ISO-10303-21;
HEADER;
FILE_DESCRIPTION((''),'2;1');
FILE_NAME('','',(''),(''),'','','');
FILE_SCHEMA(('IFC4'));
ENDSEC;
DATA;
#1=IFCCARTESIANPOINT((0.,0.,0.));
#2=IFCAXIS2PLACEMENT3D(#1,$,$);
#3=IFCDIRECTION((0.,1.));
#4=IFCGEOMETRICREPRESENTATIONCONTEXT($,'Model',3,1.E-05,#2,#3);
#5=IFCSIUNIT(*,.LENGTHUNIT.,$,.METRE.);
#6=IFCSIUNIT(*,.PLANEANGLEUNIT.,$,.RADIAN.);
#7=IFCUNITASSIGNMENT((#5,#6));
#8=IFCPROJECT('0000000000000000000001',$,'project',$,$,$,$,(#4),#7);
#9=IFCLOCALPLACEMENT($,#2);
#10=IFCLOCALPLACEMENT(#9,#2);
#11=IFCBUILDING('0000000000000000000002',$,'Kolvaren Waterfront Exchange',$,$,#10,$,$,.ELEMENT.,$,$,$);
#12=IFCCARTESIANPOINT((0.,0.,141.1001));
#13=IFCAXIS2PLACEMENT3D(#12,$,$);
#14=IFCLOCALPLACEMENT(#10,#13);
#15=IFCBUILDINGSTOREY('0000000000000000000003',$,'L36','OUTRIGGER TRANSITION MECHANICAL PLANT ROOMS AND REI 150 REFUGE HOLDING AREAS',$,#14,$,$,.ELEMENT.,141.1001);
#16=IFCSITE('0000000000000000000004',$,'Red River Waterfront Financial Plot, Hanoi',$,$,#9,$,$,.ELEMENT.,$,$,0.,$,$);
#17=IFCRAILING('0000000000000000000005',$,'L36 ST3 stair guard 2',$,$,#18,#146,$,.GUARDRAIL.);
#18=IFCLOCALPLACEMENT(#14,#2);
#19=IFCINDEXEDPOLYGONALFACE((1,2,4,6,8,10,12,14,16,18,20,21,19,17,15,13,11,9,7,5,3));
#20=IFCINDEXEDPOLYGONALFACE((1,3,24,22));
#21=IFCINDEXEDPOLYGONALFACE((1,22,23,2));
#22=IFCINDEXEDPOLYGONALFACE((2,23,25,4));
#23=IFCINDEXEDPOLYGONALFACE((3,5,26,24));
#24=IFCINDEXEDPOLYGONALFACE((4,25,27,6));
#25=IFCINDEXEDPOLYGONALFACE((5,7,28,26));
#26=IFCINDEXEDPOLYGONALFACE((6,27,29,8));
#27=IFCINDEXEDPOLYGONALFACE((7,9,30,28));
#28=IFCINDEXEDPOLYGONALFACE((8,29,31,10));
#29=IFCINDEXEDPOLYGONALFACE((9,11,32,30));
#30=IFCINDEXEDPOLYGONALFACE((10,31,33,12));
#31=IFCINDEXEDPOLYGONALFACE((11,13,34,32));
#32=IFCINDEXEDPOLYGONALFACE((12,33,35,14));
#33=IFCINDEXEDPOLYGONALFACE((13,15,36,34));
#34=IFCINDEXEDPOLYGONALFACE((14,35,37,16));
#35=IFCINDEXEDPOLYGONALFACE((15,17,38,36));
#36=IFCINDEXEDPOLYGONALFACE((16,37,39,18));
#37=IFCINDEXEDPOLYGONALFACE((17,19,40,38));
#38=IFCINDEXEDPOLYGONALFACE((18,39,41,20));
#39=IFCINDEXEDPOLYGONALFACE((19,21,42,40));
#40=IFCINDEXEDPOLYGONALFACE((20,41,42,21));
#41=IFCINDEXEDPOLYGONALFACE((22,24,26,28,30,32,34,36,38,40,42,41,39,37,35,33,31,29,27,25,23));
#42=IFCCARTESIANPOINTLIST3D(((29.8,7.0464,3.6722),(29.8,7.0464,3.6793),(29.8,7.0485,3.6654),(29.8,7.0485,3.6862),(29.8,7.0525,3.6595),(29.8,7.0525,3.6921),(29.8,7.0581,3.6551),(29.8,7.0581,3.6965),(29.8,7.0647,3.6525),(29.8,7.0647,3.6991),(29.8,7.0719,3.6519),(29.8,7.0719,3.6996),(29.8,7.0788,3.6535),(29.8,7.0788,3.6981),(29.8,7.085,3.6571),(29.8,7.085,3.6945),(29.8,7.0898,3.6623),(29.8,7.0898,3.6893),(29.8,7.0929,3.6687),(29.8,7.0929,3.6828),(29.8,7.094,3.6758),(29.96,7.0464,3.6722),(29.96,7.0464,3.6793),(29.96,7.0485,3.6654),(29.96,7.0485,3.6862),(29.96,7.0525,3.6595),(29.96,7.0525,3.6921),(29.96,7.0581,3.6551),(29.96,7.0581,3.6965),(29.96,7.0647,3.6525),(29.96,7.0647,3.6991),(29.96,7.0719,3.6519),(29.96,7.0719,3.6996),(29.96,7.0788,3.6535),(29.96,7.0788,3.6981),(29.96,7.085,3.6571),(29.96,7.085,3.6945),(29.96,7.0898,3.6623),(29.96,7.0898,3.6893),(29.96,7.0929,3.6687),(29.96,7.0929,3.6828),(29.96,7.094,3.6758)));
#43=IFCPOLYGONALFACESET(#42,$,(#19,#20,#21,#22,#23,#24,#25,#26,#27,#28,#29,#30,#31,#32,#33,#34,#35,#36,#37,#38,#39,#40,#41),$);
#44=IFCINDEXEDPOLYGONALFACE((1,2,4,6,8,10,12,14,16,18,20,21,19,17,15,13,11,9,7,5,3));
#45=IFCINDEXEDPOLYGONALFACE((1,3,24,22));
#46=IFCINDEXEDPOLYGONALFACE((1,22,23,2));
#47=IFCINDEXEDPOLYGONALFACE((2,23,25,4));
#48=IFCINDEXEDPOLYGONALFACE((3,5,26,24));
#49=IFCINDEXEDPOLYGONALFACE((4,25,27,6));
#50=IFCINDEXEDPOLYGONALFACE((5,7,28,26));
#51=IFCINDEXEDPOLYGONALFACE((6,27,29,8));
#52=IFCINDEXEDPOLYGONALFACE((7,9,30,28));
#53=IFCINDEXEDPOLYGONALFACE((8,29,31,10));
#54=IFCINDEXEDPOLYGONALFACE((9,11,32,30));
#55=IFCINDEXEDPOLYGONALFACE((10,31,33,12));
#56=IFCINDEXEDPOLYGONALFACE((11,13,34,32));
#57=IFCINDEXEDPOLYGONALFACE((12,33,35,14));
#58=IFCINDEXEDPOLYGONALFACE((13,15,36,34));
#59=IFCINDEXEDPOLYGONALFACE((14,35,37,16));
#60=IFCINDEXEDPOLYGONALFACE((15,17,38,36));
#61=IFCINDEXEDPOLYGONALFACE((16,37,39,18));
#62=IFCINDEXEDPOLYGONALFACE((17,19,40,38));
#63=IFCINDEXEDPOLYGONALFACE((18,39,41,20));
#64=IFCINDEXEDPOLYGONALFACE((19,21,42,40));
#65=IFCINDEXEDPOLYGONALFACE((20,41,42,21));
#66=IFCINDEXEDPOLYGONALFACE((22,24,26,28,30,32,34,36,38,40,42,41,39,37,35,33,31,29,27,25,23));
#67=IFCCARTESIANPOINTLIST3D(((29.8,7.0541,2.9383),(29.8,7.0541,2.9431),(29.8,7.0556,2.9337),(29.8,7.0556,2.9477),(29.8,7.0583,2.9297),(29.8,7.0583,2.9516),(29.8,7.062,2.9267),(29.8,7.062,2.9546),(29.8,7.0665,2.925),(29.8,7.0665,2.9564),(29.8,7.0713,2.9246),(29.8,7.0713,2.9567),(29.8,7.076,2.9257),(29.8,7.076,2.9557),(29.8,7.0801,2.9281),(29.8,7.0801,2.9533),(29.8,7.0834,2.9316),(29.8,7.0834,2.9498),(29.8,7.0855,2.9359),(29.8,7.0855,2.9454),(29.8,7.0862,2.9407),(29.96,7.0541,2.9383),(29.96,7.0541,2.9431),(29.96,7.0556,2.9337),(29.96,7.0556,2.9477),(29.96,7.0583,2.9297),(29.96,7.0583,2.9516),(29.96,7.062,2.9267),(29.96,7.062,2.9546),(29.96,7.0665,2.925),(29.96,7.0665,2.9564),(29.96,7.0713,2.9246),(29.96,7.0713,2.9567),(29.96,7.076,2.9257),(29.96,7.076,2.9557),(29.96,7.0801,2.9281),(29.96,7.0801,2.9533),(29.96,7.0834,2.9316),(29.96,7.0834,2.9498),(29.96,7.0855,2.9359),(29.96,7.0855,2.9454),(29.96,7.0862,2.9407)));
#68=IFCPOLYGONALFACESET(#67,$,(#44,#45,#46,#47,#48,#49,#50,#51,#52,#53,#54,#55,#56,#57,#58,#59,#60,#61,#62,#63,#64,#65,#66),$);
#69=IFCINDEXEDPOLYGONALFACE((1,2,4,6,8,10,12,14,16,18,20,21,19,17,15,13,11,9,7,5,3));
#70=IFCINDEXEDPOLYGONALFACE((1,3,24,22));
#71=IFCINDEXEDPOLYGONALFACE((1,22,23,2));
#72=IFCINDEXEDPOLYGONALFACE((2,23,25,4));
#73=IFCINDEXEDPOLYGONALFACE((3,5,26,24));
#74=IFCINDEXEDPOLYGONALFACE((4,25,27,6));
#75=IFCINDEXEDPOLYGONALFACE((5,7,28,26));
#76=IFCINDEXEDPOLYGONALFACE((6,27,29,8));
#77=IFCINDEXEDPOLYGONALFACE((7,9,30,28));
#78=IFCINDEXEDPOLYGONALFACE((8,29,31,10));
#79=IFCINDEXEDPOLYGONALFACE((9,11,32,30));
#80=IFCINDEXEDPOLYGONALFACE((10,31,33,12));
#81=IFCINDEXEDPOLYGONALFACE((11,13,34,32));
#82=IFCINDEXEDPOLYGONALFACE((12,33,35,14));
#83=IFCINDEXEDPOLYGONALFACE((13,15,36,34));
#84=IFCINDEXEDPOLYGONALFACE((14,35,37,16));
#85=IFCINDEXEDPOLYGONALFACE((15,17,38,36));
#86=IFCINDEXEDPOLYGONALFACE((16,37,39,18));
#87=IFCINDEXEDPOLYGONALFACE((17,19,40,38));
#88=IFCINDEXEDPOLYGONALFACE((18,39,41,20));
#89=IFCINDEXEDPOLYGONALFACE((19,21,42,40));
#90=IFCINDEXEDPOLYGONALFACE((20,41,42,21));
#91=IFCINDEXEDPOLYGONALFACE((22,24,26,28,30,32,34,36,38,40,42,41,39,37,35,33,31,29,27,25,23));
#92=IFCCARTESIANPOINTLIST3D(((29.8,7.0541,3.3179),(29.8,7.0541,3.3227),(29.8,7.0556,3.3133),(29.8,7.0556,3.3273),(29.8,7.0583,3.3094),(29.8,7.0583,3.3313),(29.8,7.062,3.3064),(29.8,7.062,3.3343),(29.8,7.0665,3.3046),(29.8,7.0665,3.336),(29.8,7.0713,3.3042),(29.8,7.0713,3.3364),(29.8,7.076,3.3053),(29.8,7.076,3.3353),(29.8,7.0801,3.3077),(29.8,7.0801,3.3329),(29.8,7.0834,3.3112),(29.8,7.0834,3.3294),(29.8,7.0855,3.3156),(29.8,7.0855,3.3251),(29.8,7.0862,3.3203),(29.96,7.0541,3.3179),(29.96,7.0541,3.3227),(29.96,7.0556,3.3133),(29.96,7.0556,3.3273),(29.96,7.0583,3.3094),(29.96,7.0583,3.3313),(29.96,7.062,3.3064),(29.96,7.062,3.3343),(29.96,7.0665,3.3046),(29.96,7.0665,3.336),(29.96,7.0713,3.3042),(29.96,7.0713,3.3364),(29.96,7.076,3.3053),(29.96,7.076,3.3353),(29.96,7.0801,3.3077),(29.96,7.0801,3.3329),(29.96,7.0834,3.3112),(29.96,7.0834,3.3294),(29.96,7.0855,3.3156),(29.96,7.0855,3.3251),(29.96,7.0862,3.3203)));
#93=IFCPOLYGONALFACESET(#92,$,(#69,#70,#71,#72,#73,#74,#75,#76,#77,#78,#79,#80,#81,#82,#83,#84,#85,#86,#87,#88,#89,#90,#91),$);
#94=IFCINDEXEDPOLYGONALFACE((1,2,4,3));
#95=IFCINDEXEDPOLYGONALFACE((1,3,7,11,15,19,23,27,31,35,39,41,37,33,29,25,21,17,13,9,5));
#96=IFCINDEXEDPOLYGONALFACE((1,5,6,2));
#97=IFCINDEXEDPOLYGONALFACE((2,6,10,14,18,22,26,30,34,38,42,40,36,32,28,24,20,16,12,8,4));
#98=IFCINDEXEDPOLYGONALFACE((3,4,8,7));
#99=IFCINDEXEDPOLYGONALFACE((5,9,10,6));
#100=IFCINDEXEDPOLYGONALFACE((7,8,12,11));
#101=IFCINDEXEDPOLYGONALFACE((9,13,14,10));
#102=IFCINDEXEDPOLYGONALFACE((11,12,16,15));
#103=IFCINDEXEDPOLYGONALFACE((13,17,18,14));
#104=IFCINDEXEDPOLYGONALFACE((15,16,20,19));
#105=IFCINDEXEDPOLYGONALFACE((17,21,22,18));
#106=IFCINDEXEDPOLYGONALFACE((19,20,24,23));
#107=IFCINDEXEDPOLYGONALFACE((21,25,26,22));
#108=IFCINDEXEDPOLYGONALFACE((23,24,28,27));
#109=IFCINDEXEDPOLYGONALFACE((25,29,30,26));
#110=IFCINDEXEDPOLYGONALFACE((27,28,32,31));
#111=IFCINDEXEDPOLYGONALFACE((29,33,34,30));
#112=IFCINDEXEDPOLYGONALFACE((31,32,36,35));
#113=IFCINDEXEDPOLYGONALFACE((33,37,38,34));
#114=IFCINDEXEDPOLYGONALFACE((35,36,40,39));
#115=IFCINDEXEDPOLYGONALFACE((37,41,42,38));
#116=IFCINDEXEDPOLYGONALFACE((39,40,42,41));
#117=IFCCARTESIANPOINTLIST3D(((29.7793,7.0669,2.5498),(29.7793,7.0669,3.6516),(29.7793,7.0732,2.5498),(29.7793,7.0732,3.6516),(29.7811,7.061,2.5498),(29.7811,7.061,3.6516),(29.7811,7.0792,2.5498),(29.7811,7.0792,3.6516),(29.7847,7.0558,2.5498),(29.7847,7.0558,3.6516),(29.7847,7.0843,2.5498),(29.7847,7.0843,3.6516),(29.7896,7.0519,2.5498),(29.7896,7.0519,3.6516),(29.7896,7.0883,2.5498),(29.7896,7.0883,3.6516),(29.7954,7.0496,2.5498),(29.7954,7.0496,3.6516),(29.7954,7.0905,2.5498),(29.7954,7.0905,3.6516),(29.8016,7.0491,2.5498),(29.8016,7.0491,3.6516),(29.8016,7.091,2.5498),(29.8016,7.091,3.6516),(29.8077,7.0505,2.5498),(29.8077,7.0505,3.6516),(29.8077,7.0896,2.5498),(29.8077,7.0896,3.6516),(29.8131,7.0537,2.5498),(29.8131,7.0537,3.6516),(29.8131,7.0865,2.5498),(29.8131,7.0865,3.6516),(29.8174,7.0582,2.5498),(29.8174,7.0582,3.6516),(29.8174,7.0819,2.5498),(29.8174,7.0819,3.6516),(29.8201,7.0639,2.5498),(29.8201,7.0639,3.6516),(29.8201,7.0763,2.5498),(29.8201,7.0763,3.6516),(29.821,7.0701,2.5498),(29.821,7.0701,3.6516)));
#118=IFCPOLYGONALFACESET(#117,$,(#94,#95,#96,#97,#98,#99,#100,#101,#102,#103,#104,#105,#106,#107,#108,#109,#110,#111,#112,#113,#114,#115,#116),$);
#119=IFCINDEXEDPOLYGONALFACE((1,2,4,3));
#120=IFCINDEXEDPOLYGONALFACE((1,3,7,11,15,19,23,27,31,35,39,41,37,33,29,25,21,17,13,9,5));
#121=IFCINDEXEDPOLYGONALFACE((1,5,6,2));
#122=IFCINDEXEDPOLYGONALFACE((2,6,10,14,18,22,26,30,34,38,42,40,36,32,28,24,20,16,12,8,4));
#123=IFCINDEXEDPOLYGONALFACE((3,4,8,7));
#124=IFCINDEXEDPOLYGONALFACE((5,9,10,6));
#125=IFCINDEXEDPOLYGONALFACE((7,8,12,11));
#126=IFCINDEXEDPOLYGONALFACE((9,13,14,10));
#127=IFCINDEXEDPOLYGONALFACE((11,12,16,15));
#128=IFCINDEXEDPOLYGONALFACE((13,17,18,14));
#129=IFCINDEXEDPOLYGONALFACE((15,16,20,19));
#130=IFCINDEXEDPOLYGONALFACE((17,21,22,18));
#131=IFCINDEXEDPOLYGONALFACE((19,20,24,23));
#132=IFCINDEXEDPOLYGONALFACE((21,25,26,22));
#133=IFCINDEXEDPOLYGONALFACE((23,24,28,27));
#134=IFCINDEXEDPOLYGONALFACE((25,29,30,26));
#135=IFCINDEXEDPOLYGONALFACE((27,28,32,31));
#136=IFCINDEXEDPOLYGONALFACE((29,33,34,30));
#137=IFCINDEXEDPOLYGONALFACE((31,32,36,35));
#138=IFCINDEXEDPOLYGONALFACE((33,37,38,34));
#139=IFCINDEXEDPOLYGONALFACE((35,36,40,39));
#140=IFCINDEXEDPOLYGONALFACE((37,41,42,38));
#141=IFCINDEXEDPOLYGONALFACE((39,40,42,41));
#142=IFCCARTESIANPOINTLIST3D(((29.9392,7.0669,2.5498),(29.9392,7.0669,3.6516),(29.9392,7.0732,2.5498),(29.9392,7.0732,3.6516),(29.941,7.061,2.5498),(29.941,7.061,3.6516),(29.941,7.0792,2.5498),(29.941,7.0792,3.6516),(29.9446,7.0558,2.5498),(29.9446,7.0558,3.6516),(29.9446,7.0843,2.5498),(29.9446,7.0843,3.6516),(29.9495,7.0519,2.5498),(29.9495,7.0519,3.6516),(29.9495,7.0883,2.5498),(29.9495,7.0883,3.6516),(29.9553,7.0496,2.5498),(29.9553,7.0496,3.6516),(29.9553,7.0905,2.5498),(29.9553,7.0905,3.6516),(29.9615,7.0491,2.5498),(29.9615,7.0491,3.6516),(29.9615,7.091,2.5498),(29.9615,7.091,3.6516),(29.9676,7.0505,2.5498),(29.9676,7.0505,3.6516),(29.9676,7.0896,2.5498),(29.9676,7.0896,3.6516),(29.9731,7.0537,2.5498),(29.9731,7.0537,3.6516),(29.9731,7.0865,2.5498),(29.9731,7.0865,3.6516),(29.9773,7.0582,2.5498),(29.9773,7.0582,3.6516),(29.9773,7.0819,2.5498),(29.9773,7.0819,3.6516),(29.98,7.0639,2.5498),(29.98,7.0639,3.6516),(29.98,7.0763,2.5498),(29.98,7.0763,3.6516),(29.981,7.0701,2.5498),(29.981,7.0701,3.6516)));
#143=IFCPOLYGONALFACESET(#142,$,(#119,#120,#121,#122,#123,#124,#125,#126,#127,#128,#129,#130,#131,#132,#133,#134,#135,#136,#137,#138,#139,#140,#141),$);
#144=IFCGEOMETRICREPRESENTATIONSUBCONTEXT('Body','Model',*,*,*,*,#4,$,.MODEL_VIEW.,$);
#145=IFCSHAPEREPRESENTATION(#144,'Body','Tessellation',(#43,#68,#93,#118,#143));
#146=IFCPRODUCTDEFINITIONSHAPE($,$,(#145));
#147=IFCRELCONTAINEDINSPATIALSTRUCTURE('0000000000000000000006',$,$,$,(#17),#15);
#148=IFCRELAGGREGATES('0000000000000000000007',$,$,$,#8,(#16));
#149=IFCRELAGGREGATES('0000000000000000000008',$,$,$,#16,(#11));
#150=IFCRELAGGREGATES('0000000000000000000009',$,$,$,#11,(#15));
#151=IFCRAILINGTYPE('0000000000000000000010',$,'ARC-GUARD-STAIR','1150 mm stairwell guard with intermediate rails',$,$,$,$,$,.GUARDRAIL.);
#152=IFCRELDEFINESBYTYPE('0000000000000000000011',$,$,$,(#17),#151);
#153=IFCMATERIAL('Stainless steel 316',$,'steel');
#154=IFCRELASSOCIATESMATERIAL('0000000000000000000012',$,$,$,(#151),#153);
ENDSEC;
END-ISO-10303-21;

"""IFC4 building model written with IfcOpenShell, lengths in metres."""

from ifc_helpers import new_model, si_unit, direction, frame, origin, origin_2d, place, context, subcontext, project, spatial, circle, extrude, material, type_object, element, save


model = new_model("IFC4")

# Units and contexts
model_context = context("Model", 3, precision=1e-05, world=origin(), true_north=direction((0.0, 1.0)))
body_context = subcontext(model_context, "Body", "Model", "MODEL_VIEW")
ifc_project = project(units=[si_unit("LENGTHUNIT", "METRE"), si_unit("PLANEANGLEUNIT", "RADIAN")], contexts=[model_context])

# Site, building, storey
site_placement = place(None, origin())
site = spatial("IfcSite", under=ifc_project, at=site_placement, Name="Red River Waterfront Financial Plot, Hanoi", CompositionType="ELEMENT", RefElevation=0.0)
building_placement = place(site_placement, origin())
building = spatial("IfcBuilding", under=site, at=building_placement, Name="Kolvaren Waterfront Exchange", CompositionType="ELEMENT")
storey_placement = place(building_placement, frame((0.0, 0.0, 141.1001)))
storey = spatial("IfcBuildingStorey", under=building, at=storey_placement, Name="L36", Description="OUTRIGGER TRANSITION MECHANICAL PLANT ROOMS AND REI 150 REFUGE HOLDING AREAS", CompositionType="ELEMENT", Elevation=141.1001)

# Railing
ifc_material_1 = material(Name="Stainless steel 316", Category="steel")
railing_type_1 = type_object("IfcRailingType", Name="ARC-GUARD-STAIR", Description="1150 mm stairwell guard with intermediate rails", PredefinedType="GUARDRAIL", material=ifc_material_1)
railing_1_placement = place(storey_placement, frame((29.8, 7.0701, 2.5498)))
element("IfcRailing", 1, at=railing_1_placement, inside=storey, type_object=railing_type_1, Name="L36 ST3 stair guard 2", PredefinedType="GUARDRAIL", context=body_context, shape_type="SweptSolid", body=[
    extrude(circle(Radius=0.0239, at=origin_2d()), frame((0.0, 0.0, 1.126), z_axis=(1.0, 0.0, 0.0), x_axis=(0.0, 1.0, 0.0)), (0.0, 0.0, 1.0), 0.1599),
    extrude(circle(Radius=0.0161, at=origin_2d()), frame((0.0, 0.0, 0.3909), z_axis=(1.0, 0.0, 0.0), x_axis=(0.0, 1.0, 0.0)), (0.0, 0.0, 1.0), 0.1599),
    extrude(circle(Radius=0.0161, at=origin_2d()), frame((0.0, 0.0, 0.7705), z_axis=(1.0, 0.0, 0.0), x_axis=(0.0, 1.0, 0.0)), (0.0, 0.0, 1.0), 0.1599),
    extrude(circle(Radius=0.021, at=origin_2d()), origin(), (0.0, 0.0, 1.0), 1.1018),
    extrude(circle(Radius=0.021, at=origin_2d()), frame((0.1599, 0.0, 0.0)), (0.0, 0.0, 1.0), 1.1018),
])

save(model, "model.ifc")
